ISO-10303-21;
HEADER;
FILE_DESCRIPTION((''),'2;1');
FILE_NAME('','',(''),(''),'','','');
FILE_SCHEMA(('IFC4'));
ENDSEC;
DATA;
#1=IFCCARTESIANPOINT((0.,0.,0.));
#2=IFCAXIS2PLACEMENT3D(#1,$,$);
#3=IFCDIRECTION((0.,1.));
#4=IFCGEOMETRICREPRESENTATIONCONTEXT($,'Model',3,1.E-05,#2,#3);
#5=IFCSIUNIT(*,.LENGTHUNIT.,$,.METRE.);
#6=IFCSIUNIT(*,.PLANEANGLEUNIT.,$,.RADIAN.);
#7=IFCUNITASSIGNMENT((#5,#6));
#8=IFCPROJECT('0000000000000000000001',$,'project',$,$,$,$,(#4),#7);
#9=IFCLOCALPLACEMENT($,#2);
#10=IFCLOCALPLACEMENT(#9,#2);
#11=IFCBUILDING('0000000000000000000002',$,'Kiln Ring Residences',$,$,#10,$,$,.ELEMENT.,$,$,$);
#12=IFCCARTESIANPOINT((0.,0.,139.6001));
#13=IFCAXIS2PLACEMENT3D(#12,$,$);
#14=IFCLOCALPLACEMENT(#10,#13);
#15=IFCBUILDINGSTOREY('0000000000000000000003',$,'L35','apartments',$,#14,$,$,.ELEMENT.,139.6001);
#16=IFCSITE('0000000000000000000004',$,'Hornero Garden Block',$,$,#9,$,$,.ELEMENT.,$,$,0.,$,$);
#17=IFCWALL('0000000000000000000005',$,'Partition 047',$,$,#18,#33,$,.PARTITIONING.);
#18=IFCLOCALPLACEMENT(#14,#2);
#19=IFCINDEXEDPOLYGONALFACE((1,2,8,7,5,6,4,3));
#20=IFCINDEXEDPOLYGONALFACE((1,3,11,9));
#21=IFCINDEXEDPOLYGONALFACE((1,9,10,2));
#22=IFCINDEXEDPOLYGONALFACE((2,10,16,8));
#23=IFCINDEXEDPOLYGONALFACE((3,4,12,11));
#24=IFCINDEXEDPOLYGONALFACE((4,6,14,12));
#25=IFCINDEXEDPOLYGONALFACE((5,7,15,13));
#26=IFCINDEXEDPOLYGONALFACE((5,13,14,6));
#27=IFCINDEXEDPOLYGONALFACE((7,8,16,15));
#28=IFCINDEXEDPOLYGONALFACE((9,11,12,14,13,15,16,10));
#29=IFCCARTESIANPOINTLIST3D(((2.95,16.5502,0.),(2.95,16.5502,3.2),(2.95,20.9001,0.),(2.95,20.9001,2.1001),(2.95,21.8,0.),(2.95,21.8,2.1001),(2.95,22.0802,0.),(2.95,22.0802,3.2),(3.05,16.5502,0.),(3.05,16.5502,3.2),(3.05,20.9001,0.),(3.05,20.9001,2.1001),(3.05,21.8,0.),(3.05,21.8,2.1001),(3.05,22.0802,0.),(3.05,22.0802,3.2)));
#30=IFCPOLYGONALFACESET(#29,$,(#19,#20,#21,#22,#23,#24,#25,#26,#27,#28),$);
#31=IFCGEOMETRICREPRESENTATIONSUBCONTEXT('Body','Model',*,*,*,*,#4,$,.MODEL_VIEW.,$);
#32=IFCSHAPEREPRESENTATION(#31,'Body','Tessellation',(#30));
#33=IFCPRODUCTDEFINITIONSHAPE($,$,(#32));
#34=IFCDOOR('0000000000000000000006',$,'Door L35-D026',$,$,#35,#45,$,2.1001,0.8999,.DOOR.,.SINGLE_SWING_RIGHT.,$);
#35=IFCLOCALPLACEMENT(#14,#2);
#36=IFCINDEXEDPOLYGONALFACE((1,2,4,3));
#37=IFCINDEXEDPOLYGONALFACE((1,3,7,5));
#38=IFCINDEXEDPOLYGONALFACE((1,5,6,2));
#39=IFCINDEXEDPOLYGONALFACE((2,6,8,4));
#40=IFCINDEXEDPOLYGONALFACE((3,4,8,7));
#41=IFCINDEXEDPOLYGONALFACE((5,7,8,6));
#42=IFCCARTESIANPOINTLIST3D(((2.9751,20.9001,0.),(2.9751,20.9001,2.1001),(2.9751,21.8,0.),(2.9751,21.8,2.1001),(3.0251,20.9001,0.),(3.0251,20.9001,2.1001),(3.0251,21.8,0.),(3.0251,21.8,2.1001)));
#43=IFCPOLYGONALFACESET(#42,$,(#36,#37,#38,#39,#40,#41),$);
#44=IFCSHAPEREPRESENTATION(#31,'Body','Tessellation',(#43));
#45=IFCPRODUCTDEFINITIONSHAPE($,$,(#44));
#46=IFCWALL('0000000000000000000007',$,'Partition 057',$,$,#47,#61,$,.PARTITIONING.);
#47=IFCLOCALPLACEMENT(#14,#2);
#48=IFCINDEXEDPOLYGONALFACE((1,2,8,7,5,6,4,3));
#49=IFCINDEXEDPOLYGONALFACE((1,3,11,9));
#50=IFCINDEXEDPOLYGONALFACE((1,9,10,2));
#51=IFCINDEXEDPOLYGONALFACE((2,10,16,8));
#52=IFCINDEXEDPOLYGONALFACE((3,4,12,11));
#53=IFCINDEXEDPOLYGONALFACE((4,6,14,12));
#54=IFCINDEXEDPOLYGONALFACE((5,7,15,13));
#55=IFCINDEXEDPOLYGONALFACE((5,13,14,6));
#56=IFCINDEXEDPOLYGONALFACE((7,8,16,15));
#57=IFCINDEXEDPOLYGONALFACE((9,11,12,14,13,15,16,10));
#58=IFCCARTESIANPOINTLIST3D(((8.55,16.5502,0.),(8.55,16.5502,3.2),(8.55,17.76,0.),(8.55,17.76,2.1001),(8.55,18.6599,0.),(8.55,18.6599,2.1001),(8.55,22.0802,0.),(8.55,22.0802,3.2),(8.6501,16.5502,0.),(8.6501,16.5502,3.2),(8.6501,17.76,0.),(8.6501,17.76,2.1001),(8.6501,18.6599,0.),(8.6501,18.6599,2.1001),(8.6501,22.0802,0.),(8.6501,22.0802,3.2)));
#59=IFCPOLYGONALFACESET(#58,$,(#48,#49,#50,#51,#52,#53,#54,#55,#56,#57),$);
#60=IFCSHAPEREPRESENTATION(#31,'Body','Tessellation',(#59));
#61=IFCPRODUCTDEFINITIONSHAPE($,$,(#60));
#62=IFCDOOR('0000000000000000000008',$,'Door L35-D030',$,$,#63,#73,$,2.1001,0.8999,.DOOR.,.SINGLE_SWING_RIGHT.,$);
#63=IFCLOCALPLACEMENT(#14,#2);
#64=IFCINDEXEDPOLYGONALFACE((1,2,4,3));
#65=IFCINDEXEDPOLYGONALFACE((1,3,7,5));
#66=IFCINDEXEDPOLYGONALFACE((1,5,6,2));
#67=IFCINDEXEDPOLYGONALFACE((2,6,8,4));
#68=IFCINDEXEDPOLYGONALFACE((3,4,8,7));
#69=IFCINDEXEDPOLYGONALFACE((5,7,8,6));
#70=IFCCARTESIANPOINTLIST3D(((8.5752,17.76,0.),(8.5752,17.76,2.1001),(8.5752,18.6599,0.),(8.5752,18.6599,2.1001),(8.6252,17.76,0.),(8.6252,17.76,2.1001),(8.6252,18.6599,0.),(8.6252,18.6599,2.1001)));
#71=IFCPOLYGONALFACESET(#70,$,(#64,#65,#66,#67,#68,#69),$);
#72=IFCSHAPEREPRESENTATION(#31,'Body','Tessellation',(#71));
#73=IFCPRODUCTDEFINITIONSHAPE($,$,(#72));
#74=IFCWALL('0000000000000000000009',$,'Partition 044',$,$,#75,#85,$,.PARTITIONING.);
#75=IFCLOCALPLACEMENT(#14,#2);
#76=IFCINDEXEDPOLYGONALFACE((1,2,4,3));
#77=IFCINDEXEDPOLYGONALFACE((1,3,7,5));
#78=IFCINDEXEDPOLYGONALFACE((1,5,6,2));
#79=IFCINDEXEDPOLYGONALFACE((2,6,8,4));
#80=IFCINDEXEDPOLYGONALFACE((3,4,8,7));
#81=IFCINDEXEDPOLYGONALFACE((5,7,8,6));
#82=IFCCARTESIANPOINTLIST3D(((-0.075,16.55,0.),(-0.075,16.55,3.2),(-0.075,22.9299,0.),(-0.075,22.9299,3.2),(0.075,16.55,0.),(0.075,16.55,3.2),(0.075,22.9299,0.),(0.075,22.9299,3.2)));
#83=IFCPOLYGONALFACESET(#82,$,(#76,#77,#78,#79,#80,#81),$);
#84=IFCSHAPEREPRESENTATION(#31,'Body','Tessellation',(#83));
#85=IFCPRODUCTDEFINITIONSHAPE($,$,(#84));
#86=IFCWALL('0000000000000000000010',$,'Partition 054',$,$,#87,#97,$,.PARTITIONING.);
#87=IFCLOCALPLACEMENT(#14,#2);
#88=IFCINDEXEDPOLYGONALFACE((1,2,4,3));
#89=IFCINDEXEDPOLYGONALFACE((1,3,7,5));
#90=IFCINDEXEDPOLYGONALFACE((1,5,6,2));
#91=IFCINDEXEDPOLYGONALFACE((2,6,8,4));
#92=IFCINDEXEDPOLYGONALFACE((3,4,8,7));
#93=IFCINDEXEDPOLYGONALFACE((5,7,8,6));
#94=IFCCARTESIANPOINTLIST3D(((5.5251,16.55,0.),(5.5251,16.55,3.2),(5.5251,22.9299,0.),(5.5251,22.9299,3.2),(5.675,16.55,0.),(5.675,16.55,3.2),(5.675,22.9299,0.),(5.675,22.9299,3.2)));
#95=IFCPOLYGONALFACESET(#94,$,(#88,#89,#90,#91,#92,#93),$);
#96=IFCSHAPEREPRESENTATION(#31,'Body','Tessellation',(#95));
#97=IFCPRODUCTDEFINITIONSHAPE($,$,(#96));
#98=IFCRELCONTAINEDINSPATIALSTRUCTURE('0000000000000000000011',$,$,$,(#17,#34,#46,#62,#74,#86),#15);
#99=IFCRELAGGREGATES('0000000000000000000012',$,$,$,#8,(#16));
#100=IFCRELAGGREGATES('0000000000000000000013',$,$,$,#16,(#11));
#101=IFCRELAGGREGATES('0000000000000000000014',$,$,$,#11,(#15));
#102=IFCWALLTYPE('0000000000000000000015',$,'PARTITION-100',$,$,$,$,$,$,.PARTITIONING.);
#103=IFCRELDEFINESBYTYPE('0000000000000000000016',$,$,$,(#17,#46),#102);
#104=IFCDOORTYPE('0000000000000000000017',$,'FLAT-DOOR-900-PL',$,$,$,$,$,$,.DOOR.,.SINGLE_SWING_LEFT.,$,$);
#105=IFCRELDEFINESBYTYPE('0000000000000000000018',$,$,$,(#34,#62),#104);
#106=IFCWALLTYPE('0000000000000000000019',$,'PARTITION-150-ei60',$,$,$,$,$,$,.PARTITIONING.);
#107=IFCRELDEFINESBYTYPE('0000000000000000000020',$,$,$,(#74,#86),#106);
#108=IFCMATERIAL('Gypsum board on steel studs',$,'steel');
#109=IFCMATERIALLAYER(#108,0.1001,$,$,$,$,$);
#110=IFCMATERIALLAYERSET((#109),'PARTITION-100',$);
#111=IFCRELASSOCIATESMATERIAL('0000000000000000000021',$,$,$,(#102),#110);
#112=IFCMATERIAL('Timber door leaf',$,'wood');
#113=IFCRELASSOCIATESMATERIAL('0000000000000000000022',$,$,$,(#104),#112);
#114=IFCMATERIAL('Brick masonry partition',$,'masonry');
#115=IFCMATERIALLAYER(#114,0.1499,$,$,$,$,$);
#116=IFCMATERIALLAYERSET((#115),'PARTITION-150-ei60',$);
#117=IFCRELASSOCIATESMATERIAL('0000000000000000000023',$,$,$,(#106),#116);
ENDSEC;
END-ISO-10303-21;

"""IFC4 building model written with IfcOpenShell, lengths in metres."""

from ifc_helpers import new_model, si_unit, direction, frame, frame_2d, origin, place, context, subcontext, project, spatial, rectangle, extrude, material, layer, layer_set, type_object, element, fill, save


model = new_model("IFC4")

# Units and contexts
model_context = context("Model", 3, precision=1e-05, world=origin(), true_north=direction((0.0, 1.0)))
body_context = subcontext(model_context, "Body", "Model", "MODEL_VIEW")
ifc_project = project(units=[si_unit("LENGTHUNIT", "METRE"), si_unit("PLANEANGLEUNIT", "RADIAN")], contexts=[model_context])

# Site, building, storey
site_placement = place(None, origin())
site = spatial("IfcSite", under=ifc_project, at=site_placement, Name="Hornero Garden Block", CompositionType="ELEMENT", RefElevation=0.0)
building_placement = place(site_placement, origin())
building = spatial("IfcBuilding", under=site, at=building_placement, Name="Kiln Ring Residences", CompositionType="ELEMENT")
storey_placement = place(building_placement, frame((0.0, 0.0, 139.6001)))
storey = spatial("IfcBuildingStorey", under=building, at=storey_placement, Name="L35", Description="apartments", CompositionType="ELEMENT", Elevation=139.6001)

# Walls, openings, doors
ifc_material_1 = material(Name="Gypsum board on steel studs", Category="steel")
ifc_layer_1 = layer(ifc_material_1, 0.1001)
ifc_layer_set_1 = layer_set([ifc_layer_1], Name="PARTITION-100")
wall_type_1 = type_object("IfcWallType", Name="PARTITION-100", PredefinedType="PARTITIONING", material=ifc_layer_set_1)
wall_1_placement = place(storey_placement, frame((3.0, 16.55, 0.0), z_axis=(0.0, 0.0, 1.0), x_axis=(0.0, 1.0, 0.0)))
wall_1 = element("IfcWall", 1, at=wall_1_placement, inside=storey, type_object=wall_type_1, Name="Partition 047", PredefinedType="PARTITIONING", context=body_context, shape_type="SweptSolid", body=[
    extrude(rectangle(XDim=5.53, YDim=0.1001, at=frame_2d((2.7651, 0.0))), origin(), (0.0, 0.0, 1.0), 3.2),
])
opening_1_placement = place(wall_1_placement, frame((4.3501, 0.0, 0.0)))
opening_1 = element("IfcOpeningElement", 2, at=opening_1_placement, cuts=wall_1, PredefinedType="OPENING", context=body_context, shape_type="SweptSolid", body=[
    extrude(rectangle(XDim=0.8999, YDim=2.1001, at=frame_2d((0.45, 1.05))), frame((0.0, 0.0601, 0.0), z_axis=(0.0, -1.0, 0.0), x_axis=(1.0, 0.0, 0.0)), (0.0, 0.0, 1.0), 0.1201),
])
ifc_material_2 = material(Name="Timber door leaf", Category="wood")
door_type = type_object("IfcDoorType", Name="FLAT-DOOR-900-PL", OperationType="SINGLE_SWING_LEFT", PredefinedType="DOOR", material=ifc_material_2)
door_1_placement = place(opening_1_placement, origin())
door_1 = element("IfcDoor", 3, at=door_1_placement, inside=storey, type_object=door_type, Name="Door L35-D026", OperationType="SINGLE_SWING_RIGHT", OverallHeight=2.1001, OverallWidth=0.8999, PredefinedType="DOOR", context=body_context, shape_type="SweptSolid", body=[
    extrude(rectangle(XDim=0.8999, YDim=2.1001, at=frame_2d((0.45, 1.05))), frame((0.0, 0.0249, 0.0), z_axis=(0.0, -1.0, 0.0), x_axis=(1.0, 0.0, 0.0)), (0.0, 0.0, 1.0), 0.05),
])
fill(opening_1, door_1)
wall_2_placement = place(storey_placement, frame((8.6001, 16.55, 0.0), z_axis=(0.0, 0.0, 1.0), x_axis=(0.0, 1.0, 0.0)))
wall_2 = element("IfcWall", 4, at=wall_2_placement, inside=storey, type_object=wall_type_1, Name="Partition 057", PredefinedType="PARTITIONING", context=body_context, shape_type="SweptSolid", body=[
    extrude(rectangle(XDim=5.53, YDim=0.1001, at=frame_2d((2.7651, 0.0))), origin(), (0.0, 0.0, 1.0), 3.2),
])
opening_2_placement = place(wall_2_placement, frame((1.21, 0.0, 0.0)))
opening_2 = element("IfcOpeningElement", 5, at=opening_2_placement, cuts=wall_2, PredefinedType="OPENING", context=body_context, shape_type="SweptSolid", body=[
    extrude(rectangle(XDim=0.8999, YDim=2.1001, at=frame_2d((0.45, 1.05))), frame((0.0, 0.0601, 0.0), z_axis=(0.0, -1.0, 0.0), x_axis=(1.0, 0.0, 0.0)), (0.0, 0.0, 1.0), 0.1201),
])
door_2_placement = place(opening_2_placement, origin())
door_2 = element("IfcDoor", 6, at=door_2_placement, inside=storey, type_object=door_type, Name="Door L35-D030", OperationType="SINGLE_SWING_RIGHT", OverallHeight=2.1001, OverallWidth=0.8999, PredefinedType="DOOR", context=body_context, shape_type="SweptSolid", body=[
    extrude(rectangle(XDim=0.8999, YDim=2.1001, at=frame_2d((0.45, 1.05))), frame((0.0, 0.0249, 0.0), z_axis=(0.0, -1.0, 0.0), x_axis=(1.0, 0.0, 0.0)), (0.0, 0.0, 1.0), 0.05),
])
fill(opening_2, door_2)

# Walls
ifc_material_3 = material(Name="Brick masonry partition", Category="masonry")
ifc_layer_2 = layer(ifc_material_3, 0.1499)
ifc_layer_set_2 = layer_set([ifc_layer_2], Name="PARTITION-150-ei60")
wall_type_2 = type_object("IfcWallType", Name="PARTITION-150-ei60", PredefinedType="PARTITIONING", material=ifc_layer_set_2)
for number, where, z_axis, x_axis, name in (
    (7, (0.0, 16.55, 0.0), (0.0, 0.0, 1.0), (0.0, 1.0, 0.0), "Partition 044"),
    (8, (5.6001, 16.55, 0.0), (0.0, 0.0, 1.0), (0.0, 1.0, 0.0), "Partition 054"),
):
    element("IfcWall", number, at=place(storey_placement, frame(where, z_axis=z_axis, x_axis=x_axis)), inside=storey, type_object=wall_type_2, Name=name, PredefinedType="PARTITIONING", context=body_context, shape_type="SweptSolid", body=[
        extrude(rectangle(XDim=6.3799, YDim=0.1499, at=frame_2d((3.1899, 0.0))), origin(), (0.0, 0.0, 1.0), 3.2),
    ])

save(model, "model.ifc")
